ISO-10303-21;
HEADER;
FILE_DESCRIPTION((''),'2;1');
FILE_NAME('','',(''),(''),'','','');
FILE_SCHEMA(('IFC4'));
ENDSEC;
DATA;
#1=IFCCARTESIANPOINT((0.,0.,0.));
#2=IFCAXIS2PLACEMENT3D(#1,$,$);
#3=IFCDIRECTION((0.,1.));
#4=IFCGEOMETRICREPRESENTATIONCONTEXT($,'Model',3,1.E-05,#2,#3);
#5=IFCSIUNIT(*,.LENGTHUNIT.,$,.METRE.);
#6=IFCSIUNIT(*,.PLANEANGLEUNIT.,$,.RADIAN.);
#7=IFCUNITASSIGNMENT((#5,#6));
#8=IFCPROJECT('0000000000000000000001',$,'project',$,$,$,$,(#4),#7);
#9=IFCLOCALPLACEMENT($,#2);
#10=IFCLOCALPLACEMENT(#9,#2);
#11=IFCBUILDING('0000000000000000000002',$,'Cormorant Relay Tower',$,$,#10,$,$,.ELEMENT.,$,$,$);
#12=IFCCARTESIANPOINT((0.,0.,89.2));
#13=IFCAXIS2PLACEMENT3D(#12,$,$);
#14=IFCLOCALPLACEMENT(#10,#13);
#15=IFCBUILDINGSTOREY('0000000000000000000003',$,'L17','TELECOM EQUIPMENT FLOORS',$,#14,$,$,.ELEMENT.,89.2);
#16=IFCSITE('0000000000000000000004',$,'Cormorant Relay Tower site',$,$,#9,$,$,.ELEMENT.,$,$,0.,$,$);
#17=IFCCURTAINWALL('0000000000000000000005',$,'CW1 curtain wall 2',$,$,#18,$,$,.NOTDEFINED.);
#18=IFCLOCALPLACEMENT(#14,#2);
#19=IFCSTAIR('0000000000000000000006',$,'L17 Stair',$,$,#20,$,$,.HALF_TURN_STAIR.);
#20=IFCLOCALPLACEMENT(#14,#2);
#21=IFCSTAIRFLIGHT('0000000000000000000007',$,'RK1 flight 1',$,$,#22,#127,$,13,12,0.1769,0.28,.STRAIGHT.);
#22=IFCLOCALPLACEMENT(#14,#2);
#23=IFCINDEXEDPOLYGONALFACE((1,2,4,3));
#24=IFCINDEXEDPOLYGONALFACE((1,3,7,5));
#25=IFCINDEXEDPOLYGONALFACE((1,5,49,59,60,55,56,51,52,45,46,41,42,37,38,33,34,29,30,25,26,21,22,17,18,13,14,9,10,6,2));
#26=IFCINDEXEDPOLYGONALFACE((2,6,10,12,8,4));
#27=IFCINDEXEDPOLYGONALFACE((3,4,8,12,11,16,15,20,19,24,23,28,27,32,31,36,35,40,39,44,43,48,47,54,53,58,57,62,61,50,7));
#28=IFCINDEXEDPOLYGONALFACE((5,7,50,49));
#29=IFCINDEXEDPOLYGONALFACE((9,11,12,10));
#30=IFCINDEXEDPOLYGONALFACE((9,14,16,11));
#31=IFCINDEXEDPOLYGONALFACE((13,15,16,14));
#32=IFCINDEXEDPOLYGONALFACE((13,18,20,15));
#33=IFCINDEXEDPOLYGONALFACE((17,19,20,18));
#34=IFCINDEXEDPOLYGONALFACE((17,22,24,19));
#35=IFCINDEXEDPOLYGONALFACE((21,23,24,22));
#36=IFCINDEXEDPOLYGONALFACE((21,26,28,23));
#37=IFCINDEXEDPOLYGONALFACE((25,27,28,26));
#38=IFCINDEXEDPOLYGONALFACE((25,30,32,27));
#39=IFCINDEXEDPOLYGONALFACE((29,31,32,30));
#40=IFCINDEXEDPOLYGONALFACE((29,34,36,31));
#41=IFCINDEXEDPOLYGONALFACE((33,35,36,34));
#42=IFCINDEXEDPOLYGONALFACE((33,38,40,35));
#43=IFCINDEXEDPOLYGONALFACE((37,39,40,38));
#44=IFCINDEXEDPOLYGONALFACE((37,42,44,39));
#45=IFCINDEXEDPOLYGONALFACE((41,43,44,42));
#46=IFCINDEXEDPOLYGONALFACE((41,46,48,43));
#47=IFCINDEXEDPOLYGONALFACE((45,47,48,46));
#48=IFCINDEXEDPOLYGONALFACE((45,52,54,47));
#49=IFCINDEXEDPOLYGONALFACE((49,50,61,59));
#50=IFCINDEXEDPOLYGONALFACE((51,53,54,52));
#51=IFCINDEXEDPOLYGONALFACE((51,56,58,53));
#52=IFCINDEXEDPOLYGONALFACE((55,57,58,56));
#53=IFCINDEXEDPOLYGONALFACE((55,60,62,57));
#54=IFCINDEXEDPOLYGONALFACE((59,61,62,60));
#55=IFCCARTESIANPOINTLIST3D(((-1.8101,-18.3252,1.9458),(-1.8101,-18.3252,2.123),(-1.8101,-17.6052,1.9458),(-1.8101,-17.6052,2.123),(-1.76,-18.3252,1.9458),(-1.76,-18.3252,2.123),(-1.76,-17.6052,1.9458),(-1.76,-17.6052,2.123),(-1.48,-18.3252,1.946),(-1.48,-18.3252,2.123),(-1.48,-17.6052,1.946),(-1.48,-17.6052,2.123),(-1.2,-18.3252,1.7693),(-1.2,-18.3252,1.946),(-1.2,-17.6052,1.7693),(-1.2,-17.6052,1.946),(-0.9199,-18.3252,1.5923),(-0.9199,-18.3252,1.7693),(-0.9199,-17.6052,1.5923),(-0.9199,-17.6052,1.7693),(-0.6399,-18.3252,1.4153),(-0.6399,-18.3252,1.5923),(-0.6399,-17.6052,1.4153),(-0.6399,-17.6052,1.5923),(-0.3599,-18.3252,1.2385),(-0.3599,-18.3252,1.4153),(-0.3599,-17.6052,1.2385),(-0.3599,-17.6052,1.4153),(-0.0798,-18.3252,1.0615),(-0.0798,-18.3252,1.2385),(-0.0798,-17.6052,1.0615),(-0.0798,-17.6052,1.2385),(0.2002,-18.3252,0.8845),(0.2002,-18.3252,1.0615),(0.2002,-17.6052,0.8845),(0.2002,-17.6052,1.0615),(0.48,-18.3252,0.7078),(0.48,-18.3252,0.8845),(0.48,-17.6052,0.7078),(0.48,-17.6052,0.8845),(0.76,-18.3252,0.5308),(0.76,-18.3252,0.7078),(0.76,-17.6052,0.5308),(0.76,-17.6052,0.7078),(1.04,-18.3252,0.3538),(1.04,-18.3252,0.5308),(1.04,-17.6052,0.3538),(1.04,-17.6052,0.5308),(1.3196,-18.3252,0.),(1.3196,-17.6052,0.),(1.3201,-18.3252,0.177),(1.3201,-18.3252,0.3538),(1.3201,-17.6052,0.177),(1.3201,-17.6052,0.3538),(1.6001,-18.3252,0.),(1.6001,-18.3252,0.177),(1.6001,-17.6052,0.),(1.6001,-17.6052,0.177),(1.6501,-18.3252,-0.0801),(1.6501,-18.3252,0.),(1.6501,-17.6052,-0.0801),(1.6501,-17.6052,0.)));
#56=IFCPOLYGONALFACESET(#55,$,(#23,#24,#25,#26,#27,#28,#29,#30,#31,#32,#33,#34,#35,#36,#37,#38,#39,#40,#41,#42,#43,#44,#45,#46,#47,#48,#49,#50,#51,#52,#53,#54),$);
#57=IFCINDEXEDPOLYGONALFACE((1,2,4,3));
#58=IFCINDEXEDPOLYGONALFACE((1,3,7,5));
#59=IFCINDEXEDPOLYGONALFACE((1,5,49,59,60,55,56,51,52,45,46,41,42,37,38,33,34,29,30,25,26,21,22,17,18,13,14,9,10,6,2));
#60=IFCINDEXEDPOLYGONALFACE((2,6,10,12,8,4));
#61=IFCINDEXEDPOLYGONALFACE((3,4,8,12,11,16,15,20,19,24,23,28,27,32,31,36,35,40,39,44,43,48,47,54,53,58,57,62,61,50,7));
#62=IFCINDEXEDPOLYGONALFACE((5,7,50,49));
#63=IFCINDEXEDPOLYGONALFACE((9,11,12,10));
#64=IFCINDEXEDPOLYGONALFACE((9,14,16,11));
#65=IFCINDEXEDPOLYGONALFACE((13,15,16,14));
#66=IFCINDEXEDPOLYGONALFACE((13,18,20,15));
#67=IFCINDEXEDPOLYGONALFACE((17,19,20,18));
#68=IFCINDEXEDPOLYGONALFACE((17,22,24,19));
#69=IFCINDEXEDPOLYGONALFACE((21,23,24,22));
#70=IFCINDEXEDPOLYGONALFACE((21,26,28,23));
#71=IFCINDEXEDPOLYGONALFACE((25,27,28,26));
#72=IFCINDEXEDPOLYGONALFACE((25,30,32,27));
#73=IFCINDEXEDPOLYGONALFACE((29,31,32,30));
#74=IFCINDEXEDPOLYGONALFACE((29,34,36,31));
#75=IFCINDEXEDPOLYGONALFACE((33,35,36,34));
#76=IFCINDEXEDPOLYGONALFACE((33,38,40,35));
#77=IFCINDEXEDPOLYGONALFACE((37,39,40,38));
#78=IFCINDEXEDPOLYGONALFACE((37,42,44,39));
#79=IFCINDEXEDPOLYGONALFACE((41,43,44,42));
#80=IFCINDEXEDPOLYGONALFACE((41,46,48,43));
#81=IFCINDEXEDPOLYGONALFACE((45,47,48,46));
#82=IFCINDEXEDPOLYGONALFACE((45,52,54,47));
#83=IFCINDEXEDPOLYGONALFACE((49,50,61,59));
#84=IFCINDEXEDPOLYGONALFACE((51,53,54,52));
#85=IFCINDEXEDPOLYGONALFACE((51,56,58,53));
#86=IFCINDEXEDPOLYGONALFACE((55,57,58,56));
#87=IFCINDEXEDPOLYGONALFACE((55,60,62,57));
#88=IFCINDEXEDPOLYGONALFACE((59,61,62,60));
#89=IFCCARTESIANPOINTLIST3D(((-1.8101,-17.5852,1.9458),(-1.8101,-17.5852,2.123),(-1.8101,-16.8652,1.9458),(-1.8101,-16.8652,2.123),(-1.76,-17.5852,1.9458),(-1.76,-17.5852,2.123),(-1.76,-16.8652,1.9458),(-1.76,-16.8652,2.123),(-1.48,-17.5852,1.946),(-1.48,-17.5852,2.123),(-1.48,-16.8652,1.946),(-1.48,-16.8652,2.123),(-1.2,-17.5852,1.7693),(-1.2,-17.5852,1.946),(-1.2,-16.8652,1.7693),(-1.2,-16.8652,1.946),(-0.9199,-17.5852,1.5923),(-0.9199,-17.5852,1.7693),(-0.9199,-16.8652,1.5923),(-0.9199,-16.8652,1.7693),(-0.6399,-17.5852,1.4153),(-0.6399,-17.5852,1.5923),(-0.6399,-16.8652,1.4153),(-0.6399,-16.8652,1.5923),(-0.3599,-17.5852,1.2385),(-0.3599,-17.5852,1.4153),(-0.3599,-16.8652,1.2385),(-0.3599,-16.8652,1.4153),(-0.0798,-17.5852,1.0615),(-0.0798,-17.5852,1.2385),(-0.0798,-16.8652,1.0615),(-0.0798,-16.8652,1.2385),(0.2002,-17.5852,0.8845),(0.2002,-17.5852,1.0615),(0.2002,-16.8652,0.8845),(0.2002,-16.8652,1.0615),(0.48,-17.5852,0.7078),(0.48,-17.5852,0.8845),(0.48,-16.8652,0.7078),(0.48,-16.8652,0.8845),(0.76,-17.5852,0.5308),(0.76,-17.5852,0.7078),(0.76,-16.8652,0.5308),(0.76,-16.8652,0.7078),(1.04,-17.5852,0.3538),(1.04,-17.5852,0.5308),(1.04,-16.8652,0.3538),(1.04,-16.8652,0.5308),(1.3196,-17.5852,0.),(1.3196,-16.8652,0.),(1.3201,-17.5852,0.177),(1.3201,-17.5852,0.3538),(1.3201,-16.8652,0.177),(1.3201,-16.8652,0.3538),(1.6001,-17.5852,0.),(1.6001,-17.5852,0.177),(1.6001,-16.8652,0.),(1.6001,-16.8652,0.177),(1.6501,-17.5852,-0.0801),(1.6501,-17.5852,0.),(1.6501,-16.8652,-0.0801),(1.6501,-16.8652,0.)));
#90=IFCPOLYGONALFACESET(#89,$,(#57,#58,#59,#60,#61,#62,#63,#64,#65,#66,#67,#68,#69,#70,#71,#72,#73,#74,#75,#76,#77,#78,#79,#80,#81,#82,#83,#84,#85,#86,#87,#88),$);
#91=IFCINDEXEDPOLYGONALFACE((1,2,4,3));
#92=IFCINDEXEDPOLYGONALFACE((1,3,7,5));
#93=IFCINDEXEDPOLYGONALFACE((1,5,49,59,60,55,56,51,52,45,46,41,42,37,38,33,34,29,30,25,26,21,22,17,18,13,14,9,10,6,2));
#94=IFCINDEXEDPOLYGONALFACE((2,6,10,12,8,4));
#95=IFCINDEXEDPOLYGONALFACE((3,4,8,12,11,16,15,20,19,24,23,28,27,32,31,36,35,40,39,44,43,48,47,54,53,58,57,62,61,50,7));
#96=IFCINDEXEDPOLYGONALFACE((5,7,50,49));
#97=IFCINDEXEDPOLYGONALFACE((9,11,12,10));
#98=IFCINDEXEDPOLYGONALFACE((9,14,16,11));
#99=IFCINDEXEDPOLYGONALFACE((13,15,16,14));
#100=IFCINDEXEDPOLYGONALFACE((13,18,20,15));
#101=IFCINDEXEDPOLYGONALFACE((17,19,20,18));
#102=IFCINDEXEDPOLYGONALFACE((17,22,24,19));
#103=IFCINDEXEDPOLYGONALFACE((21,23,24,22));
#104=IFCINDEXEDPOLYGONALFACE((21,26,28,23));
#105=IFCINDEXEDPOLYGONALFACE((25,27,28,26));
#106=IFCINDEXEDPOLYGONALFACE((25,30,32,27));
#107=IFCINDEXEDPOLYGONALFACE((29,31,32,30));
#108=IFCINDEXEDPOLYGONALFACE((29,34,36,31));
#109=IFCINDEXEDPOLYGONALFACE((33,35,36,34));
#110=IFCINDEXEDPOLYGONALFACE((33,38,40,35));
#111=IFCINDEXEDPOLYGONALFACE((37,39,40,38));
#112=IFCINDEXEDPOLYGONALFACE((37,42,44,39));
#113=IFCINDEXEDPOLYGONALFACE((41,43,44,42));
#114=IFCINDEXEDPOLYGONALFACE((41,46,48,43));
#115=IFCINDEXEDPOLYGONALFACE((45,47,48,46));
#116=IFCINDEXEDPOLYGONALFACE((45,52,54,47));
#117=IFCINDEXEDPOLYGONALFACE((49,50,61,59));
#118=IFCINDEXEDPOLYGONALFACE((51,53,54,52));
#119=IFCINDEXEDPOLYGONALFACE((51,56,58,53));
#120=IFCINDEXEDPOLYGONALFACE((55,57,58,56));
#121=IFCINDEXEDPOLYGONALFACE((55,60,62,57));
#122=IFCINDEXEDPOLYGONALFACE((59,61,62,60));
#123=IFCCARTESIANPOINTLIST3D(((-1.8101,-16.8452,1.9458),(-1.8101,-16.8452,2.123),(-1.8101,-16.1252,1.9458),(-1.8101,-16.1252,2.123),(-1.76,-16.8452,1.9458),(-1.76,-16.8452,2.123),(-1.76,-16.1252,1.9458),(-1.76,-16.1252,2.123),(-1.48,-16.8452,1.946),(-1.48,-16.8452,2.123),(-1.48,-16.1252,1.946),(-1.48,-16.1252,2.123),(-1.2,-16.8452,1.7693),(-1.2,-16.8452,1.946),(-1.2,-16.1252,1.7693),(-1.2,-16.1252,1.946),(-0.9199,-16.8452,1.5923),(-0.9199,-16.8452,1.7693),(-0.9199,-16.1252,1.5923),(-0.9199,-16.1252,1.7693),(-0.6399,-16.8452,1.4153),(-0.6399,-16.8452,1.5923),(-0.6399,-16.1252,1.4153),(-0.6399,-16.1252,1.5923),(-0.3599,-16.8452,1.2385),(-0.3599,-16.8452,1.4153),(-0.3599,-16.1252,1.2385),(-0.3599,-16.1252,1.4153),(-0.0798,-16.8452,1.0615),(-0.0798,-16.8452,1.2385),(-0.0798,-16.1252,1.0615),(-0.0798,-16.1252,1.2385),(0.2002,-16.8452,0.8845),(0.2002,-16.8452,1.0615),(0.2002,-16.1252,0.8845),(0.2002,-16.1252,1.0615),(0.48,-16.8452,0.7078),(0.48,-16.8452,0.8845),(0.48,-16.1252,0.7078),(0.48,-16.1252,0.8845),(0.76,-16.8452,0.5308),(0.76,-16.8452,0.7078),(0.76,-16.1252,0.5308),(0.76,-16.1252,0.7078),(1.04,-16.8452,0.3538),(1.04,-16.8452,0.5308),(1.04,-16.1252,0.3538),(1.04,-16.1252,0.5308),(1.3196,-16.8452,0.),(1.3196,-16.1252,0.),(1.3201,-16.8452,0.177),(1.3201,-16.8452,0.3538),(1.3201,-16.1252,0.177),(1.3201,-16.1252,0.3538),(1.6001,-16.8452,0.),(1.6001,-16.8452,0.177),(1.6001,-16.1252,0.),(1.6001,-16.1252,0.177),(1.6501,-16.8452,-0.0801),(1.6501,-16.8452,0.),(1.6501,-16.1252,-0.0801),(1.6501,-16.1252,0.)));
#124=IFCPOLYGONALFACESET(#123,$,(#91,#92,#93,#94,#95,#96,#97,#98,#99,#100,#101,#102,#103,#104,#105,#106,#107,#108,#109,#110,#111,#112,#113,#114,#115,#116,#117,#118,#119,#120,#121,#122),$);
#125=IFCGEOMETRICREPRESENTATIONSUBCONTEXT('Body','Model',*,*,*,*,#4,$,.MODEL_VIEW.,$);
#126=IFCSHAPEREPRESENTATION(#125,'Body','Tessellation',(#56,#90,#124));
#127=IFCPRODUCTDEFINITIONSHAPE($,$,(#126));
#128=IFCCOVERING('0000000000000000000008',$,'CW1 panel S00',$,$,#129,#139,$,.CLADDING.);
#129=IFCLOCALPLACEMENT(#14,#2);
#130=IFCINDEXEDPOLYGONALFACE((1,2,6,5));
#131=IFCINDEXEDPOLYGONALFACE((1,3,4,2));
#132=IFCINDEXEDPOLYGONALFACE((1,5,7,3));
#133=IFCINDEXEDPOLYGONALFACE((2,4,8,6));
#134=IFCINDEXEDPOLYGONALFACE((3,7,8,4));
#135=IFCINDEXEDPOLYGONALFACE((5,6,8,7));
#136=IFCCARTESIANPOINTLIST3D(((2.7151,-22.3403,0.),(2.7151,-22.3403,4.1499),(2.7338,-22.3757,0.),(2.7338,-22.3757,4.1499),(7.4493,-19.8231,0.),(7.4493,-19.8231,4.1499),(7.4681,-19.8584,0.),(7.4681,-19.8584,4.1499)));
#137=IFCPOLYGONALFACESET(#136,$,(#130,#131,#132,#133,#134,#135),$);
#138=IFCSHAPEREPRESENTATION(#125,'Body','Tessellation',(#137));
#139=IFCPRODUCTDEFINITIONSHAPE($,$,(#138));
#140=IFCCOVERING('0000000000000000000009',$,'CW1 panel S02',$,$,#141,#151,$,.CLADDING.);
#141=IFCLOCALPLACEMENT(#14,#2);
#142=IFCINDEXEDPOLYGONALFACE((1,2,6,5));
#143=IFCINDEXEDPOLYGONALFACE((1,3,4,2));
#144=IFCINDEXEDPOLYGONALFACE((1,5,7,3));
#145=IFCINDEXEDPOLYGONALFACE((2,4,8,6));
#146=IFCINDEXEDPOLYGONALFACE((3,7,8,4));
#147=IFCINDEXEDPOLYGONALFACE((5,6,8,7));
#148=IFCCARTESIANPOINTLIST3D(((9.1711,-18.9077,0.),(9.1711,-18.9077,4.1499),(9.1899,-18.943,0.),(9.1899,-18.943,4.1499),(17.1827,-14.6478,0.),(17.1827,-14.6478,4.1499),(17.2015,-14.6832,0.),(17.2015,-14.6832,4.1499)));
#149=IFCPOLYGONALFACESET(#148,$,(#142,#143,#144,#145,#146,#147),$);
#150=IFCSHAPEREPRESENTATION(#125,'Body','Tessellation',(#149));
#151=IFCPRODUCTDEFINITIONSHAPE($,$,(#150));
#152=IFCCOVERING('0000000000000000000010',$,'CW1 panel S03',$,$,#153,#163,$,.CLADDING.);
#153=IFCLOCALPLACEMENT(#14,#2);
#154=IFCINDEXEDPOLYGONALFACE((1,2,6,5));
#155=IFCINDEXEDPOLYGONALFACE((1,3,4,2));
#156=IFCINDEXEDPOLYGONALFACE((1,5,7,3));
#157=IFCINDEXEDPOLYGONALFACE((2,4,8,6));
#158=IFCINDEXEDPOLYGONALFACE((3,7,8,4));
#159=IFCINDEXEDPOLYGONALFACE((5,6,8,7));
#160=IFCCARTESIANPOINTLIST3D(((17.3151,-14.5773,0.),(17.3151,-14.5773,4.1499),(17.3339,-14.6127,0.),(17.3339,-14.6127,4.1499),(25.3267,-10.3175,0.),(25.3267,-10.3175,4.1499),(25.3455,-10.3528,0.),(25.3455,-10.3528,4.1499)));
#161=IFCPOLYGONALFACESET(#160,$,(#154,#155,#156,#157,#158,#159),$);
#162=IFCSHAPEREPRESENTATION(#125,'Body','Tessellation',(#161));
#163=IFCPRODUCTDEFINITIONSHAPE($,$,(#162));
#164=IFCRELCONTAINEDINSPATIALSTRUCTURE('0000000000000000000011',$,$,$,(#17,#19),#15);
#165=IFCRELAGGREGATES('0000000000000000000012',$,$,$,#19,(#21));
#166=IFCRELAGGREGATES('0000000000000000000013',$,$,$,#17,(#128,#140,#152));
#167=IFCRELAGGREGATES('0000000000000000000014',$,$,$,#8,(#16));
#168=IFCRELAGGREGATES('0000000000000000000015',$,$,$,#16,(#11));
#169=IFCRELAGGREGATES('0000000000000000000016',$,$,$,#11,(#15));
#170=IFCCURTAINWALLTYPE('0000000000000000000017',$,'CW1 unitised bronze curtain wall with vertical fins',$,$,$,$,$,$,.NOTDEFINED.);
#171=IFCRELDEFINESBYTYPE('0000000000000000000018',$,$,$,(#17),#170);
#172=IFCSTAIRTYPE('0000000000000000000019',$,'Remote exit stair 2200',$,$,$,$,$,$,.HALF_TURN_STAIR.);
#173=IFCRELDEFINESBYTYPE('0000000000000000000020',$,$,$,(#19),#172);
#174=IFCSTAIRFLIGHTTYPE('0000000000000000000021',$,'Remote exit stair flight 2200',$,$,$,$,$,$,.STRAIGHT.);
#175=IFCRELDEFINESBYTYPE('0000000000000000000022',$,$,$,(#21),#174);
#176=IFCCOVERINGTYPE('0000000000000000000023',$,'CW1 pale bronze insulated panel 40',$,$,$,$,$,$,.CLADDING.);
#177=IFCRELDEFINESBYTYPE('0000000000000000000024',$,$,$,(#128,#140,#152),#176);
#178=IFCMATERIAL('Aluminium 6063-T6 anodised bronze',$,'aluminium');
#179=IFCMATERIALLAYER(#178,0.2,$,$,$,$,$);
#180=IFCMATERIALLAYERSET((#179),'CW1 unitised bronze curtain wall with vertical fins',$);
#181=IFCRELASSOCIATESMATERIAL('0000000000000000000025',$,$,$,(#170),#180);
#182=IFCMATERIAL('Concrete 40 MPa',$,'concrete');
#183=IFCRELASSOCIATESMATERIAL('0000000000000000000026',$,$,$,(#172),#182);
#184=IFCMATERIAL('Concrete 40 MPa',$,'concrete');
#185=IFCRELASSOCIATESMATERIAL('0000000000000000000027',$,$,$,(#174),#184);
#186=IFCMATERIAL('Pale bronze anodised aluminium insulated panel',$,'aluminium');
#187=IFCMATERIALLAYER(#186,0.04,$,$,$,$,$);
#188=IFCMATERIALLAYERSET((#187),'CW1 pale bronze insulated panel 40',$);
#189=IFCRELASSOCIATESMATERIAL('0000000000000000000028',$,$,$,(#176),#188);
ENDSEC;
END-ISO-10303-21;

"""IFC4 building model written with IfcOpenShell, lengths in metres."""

from ifc_helpers import new_model, si_unit, direction, frame, origin, origin_2d, place, context, subcontext, project, spatial, polyline, rectangle, outline, extrude, material, layer, layer_set, type_object, element, aggregate, save


model = new_model("IFC4")

# Units and contexts
model_context = context("Model", 3, precision=1e-05, world=origin(), true_north=direction((0.0, 1.0)))
body_context = subcontext(model_context, "Body", "Model", "MODEL_VIEW")
ifc_project = project(units=[si_unit("LENGTHUNIT", "METRE"), si_unit("PLANEANGLEUNIT", "RADIAN")], contexts=[model_context])

# Site, building, storey
site_placement = place(None, origin())
site = spatial("IfcSite", under=ifc_project, at=site_placement, Name="Cormorant Relay Tower site", CompositionType="ELEMENT", RefElevation=0.0)
building_placement = place(site_placement, origin())
building = spatial("IfcBuilding", under=site, at=building_placement, Name="Cormorant Relay Tower", CompositionType="ELEMENT")
storey_placement = place(building_placement, frame((0.0, 0.0, 89.2)))
storey = spatial("IfcBuildingStorey", under=building, at=storey_placement, Name="L17", Description="TELECOM EQUIPMENT FLOORS", CompositionType="ELEMENT", Elevation=89.2)

# Curtain wall
ifc_material_1 = material(Name="Aluminium 6063-T6 anodised bronze", Category="aluminium")
ifc_layer_1 = layer(ifc_material_1, 0.2)
ifc_layer_set_1 = layer_set([ifc_layer_1], Name="CW1 unitised bronze curtain wall with vertical fins")
curtain_wall_type = type_object("IfcCurtainWallType", Name="CW1 unitised bronze curtain wall with vertical fins", PredefinedType="NOTDEFINED", material=ifc_layer_set_1)
curtain_wall_1_placement = place(storey_placement, origin())
curtain_wall_1 = element("IfcCurtainWall", 1, at=curtain_wall_1_placement, inside=storey, type_object=curtain_wall_type, Name="CW1 curtain wall 2", PredefinedType="NOTDEFINED")

# Stair, stair flight
ifc_material_2 = material(Name="Concrete 40 MPa", Category="concrete")
stair_type = type_object("IfcStairType", Name="Remote exit stair 2200", PredefinedType="HALF_TURN_STAIR", material=ifc_material_2)
stair_placement = place(storey_placement, origin())
stair = element("IfcStair", 2, at=stair_placement, inside=storey, type_object=stair_type, Name="L17 Stair", PredefinedType="HALF_TURN_STAIR")
ifc_material_3 = material(Name="Concrete 40 MPa", Category="concrete")
stair_flight_type = type_object("IfcStairFlightType", Name="Remote exit stair flight 2200", PredefinedType="STRAIGHT", material=ifc_material_3)
stair_flight_placement = place(storey_placement, frame((1.6001, -17.2251, 0.0), z_axis=(0.0, 0.0, 1.0), x_axis=(-1.0, 0.0, 0.0)))
stair_flight = element("IfcStairFlight", 3, at=stair_flight_placement, type_object=stair_flight_type, Name="RK1 flight 1", NumberOfRisers=13, NumberOfTreads=12, PredefinedType="STRAIGHT", RiserHeight=0.1769, TreadLength=0.28, context=body_context, shape_type="SweptSolid", body=[
    extrude(outline(polyline([(-0.05, -0.0801), (-0.05, 0.0), (0.0, 0.0), (0.0, 0.177), (0.28, 0.177), (0.28, 0.3538), (0.5601, 0.3538), (0.5601, 0.5308), (0.8401, 0.5308), (0.8401, 0.7078), (1.1201, 0.7078), (1.1201, 0.8845), (1.3999, 0.8845), (1.3999, 1.0615), (1.6799, 1.0615), (1.6799, 1.2385), (1.96, 1.2385), (1.96, 1.4153), (2.24, 1.4153), (2.24, 1.5923), (2.52, 1.5923), (2.52, 1.7693), (2.8, 1.7693), (2.8, 1.946), (3.0801, 1.946), (3.0801, 2.123), (3.3601, 2.123), (3.4102, 2.123), (3.4102, 1.9458), (3.3601, 1.9458), (0.2805, 0.0), (-0.05, -0.0801)])), frame((0.0, 1.1001, 0.0), z_axis=(0.0, -1.0, 0.0), x_axis=(1.0, 0.0, 0.0)), (0.0, 0.0, 1.0), 0.72),
    extrude(outline(polyline([(-0.05, -0.0801), (-0.05, 0.0), (0.0, 0.0), (0.0, 0.177), (0.28, 0.177), (0.28, 0.3538), (0.5601, 0.3538), (0.5601, 0.5308), (0.8401, 0.5308), (0.8401, 0.7078), (1.1201, 0.7078), (1.1201, 0.8845), (1.3999, 0.8845), (1.3999, 1.0615), (1.6799, 1.0615), (1.6799, 1.2385), (1.96, 1.2385), (1.96, 1.4153), (2.24, 1.4153), (2.24, 1.5923), (2.52, 1.5923), (2.52, 1.7693), (2.8, 1.7693), (2.8, 1.946), (3.0801, 1.946), (3.0801, 2.123), (3.3601, 2.123), (3.4102, 2.123), (3.4102, 1.9458), (3.3601, 1.9458), (0.2805, 0.0), (-0.05, -0.0801)])), frame((0.0, 0.3601, 0.0), z_axis=(0.0, -1.0, 0.0), x_axis=(1.0, 0.0, 0.0)), (0.0, 0.0, 1.0), 0.72),
    extrude(outline(polyline([(-0.05, -0.0801), (-0.05, 0.0), (0.0, 0.0), (0.0, 0.177), (0.28, 0.177), (0.28, 0.3538), (0.5601, 0.3538), (0.5601, 0.5308), (0.8401, 0.5308), (0.8401, 0.7078), (1.1201, 0.7078), (1.1201, 0.8845), (1.3999, 0.8845), (1.3999, 1.0615), (1.6799, 1.0615), (1.6799, 1.2385), (1.96, 1.2385), (1.96, 1.4153), (2.24, 1.4153), (2.24, 1.5923), (2.52, 1.5923), (2.52, 1.7693), (2.8, 1.7693), (2.8, 1.946), (3.0801, 1.946), (3.0801, 2.123), (3.3601, 2.123), (3.4102, 2.123), (3.4102, 1.9458), (3.3601, 1.9458), (0.2805, 0.0), (-0.05, -0.0801)])), frame((0.0, -0.3799, 0.0), z_axis=(0.0, -1.0, 0.0), x_axis=(1.0, 0.0, 0.0)), (0.0, 0.0, 1.0), 0.72),
])
aggregate(stair, [stair_flight])

# Coverings
ifc_material_4 = material(Name="Pale bronze anodised aluminium insulated panel", Category="aluminium")
ifc_layer_2 = layer(ifc_material_4, 0.04)
ifc_layer_set_2 = layer_set([ifc_layer_2], Name="CW1 pale bronze insulated panel 40")
covering_type = type_object("IfcCoveringType", Name="CW1 pale bronze insulated panel 40", PredefinedType="CLADDING", material=ifc_layer_set_2)
covering_1_placement = place(storey_placement, frame((5.0916, -21.0994, 0.0), z_axis=(0.0, 0.0, 1.0), x_axis=(0.882948, 0.469472, 0.0)))
covering_1 = element("IfcCovering", 4, at=covering_1_placement, type_object=covering_type, Name="CW1 panel S00", PredefinedType="CLADDING", context=body_context, shape_type="SweptSolid", body=[
    extrude(rectangle(XDim=5.3618, YDim=0.04, at=origin_2d()), origin(), (0.0, 0.0, 1.0), 4.1499),
])
covering_2_placement = place(storey_placement, frame((13.1863, -16.7954, 0.0), z_axis=(0.0, 0.0, 1.0), x_axis=(0.882948, 0.469472, 0.0)))
covering_2 = element("IfcCovering", 5, at=covering_2_placement, type_object=covering_type, Name="CW1 panel S02", PredefinedType="CLADDING", context=body_context, shape_type="SweptSolid", body=[
    extrude(rectangle(XDim=9.0737, YDim=0.04, at=origin_2d()), origin(), (0.0, 0.0, 1.0), 4.1499),
])
covering_3_placement = place(storey_placement, frame((21.3303, -12.4651, 0.0), z_axis=(0.0, 0.0, 1.0), x_axis=(0.882948, 0.469472, 0.0)))
covering_3 = element("IfcCovering", 6, at=covering_3_placement, type_object=covering_type, Name="CW1 panel S03", PredefinedType="CLADDING", context=body_context, shape_type="SweptSolid", body=[
    extrude(rectangle(XDim=9.0737, YDim=0.04, at=origin_2d()), origin(), (0.0, 0.0, 1.0), 4.1499),
])
aggregate(curtain_wall_1, [covering_1, covering_2, covering_3])

save(model, "model.ifc")
